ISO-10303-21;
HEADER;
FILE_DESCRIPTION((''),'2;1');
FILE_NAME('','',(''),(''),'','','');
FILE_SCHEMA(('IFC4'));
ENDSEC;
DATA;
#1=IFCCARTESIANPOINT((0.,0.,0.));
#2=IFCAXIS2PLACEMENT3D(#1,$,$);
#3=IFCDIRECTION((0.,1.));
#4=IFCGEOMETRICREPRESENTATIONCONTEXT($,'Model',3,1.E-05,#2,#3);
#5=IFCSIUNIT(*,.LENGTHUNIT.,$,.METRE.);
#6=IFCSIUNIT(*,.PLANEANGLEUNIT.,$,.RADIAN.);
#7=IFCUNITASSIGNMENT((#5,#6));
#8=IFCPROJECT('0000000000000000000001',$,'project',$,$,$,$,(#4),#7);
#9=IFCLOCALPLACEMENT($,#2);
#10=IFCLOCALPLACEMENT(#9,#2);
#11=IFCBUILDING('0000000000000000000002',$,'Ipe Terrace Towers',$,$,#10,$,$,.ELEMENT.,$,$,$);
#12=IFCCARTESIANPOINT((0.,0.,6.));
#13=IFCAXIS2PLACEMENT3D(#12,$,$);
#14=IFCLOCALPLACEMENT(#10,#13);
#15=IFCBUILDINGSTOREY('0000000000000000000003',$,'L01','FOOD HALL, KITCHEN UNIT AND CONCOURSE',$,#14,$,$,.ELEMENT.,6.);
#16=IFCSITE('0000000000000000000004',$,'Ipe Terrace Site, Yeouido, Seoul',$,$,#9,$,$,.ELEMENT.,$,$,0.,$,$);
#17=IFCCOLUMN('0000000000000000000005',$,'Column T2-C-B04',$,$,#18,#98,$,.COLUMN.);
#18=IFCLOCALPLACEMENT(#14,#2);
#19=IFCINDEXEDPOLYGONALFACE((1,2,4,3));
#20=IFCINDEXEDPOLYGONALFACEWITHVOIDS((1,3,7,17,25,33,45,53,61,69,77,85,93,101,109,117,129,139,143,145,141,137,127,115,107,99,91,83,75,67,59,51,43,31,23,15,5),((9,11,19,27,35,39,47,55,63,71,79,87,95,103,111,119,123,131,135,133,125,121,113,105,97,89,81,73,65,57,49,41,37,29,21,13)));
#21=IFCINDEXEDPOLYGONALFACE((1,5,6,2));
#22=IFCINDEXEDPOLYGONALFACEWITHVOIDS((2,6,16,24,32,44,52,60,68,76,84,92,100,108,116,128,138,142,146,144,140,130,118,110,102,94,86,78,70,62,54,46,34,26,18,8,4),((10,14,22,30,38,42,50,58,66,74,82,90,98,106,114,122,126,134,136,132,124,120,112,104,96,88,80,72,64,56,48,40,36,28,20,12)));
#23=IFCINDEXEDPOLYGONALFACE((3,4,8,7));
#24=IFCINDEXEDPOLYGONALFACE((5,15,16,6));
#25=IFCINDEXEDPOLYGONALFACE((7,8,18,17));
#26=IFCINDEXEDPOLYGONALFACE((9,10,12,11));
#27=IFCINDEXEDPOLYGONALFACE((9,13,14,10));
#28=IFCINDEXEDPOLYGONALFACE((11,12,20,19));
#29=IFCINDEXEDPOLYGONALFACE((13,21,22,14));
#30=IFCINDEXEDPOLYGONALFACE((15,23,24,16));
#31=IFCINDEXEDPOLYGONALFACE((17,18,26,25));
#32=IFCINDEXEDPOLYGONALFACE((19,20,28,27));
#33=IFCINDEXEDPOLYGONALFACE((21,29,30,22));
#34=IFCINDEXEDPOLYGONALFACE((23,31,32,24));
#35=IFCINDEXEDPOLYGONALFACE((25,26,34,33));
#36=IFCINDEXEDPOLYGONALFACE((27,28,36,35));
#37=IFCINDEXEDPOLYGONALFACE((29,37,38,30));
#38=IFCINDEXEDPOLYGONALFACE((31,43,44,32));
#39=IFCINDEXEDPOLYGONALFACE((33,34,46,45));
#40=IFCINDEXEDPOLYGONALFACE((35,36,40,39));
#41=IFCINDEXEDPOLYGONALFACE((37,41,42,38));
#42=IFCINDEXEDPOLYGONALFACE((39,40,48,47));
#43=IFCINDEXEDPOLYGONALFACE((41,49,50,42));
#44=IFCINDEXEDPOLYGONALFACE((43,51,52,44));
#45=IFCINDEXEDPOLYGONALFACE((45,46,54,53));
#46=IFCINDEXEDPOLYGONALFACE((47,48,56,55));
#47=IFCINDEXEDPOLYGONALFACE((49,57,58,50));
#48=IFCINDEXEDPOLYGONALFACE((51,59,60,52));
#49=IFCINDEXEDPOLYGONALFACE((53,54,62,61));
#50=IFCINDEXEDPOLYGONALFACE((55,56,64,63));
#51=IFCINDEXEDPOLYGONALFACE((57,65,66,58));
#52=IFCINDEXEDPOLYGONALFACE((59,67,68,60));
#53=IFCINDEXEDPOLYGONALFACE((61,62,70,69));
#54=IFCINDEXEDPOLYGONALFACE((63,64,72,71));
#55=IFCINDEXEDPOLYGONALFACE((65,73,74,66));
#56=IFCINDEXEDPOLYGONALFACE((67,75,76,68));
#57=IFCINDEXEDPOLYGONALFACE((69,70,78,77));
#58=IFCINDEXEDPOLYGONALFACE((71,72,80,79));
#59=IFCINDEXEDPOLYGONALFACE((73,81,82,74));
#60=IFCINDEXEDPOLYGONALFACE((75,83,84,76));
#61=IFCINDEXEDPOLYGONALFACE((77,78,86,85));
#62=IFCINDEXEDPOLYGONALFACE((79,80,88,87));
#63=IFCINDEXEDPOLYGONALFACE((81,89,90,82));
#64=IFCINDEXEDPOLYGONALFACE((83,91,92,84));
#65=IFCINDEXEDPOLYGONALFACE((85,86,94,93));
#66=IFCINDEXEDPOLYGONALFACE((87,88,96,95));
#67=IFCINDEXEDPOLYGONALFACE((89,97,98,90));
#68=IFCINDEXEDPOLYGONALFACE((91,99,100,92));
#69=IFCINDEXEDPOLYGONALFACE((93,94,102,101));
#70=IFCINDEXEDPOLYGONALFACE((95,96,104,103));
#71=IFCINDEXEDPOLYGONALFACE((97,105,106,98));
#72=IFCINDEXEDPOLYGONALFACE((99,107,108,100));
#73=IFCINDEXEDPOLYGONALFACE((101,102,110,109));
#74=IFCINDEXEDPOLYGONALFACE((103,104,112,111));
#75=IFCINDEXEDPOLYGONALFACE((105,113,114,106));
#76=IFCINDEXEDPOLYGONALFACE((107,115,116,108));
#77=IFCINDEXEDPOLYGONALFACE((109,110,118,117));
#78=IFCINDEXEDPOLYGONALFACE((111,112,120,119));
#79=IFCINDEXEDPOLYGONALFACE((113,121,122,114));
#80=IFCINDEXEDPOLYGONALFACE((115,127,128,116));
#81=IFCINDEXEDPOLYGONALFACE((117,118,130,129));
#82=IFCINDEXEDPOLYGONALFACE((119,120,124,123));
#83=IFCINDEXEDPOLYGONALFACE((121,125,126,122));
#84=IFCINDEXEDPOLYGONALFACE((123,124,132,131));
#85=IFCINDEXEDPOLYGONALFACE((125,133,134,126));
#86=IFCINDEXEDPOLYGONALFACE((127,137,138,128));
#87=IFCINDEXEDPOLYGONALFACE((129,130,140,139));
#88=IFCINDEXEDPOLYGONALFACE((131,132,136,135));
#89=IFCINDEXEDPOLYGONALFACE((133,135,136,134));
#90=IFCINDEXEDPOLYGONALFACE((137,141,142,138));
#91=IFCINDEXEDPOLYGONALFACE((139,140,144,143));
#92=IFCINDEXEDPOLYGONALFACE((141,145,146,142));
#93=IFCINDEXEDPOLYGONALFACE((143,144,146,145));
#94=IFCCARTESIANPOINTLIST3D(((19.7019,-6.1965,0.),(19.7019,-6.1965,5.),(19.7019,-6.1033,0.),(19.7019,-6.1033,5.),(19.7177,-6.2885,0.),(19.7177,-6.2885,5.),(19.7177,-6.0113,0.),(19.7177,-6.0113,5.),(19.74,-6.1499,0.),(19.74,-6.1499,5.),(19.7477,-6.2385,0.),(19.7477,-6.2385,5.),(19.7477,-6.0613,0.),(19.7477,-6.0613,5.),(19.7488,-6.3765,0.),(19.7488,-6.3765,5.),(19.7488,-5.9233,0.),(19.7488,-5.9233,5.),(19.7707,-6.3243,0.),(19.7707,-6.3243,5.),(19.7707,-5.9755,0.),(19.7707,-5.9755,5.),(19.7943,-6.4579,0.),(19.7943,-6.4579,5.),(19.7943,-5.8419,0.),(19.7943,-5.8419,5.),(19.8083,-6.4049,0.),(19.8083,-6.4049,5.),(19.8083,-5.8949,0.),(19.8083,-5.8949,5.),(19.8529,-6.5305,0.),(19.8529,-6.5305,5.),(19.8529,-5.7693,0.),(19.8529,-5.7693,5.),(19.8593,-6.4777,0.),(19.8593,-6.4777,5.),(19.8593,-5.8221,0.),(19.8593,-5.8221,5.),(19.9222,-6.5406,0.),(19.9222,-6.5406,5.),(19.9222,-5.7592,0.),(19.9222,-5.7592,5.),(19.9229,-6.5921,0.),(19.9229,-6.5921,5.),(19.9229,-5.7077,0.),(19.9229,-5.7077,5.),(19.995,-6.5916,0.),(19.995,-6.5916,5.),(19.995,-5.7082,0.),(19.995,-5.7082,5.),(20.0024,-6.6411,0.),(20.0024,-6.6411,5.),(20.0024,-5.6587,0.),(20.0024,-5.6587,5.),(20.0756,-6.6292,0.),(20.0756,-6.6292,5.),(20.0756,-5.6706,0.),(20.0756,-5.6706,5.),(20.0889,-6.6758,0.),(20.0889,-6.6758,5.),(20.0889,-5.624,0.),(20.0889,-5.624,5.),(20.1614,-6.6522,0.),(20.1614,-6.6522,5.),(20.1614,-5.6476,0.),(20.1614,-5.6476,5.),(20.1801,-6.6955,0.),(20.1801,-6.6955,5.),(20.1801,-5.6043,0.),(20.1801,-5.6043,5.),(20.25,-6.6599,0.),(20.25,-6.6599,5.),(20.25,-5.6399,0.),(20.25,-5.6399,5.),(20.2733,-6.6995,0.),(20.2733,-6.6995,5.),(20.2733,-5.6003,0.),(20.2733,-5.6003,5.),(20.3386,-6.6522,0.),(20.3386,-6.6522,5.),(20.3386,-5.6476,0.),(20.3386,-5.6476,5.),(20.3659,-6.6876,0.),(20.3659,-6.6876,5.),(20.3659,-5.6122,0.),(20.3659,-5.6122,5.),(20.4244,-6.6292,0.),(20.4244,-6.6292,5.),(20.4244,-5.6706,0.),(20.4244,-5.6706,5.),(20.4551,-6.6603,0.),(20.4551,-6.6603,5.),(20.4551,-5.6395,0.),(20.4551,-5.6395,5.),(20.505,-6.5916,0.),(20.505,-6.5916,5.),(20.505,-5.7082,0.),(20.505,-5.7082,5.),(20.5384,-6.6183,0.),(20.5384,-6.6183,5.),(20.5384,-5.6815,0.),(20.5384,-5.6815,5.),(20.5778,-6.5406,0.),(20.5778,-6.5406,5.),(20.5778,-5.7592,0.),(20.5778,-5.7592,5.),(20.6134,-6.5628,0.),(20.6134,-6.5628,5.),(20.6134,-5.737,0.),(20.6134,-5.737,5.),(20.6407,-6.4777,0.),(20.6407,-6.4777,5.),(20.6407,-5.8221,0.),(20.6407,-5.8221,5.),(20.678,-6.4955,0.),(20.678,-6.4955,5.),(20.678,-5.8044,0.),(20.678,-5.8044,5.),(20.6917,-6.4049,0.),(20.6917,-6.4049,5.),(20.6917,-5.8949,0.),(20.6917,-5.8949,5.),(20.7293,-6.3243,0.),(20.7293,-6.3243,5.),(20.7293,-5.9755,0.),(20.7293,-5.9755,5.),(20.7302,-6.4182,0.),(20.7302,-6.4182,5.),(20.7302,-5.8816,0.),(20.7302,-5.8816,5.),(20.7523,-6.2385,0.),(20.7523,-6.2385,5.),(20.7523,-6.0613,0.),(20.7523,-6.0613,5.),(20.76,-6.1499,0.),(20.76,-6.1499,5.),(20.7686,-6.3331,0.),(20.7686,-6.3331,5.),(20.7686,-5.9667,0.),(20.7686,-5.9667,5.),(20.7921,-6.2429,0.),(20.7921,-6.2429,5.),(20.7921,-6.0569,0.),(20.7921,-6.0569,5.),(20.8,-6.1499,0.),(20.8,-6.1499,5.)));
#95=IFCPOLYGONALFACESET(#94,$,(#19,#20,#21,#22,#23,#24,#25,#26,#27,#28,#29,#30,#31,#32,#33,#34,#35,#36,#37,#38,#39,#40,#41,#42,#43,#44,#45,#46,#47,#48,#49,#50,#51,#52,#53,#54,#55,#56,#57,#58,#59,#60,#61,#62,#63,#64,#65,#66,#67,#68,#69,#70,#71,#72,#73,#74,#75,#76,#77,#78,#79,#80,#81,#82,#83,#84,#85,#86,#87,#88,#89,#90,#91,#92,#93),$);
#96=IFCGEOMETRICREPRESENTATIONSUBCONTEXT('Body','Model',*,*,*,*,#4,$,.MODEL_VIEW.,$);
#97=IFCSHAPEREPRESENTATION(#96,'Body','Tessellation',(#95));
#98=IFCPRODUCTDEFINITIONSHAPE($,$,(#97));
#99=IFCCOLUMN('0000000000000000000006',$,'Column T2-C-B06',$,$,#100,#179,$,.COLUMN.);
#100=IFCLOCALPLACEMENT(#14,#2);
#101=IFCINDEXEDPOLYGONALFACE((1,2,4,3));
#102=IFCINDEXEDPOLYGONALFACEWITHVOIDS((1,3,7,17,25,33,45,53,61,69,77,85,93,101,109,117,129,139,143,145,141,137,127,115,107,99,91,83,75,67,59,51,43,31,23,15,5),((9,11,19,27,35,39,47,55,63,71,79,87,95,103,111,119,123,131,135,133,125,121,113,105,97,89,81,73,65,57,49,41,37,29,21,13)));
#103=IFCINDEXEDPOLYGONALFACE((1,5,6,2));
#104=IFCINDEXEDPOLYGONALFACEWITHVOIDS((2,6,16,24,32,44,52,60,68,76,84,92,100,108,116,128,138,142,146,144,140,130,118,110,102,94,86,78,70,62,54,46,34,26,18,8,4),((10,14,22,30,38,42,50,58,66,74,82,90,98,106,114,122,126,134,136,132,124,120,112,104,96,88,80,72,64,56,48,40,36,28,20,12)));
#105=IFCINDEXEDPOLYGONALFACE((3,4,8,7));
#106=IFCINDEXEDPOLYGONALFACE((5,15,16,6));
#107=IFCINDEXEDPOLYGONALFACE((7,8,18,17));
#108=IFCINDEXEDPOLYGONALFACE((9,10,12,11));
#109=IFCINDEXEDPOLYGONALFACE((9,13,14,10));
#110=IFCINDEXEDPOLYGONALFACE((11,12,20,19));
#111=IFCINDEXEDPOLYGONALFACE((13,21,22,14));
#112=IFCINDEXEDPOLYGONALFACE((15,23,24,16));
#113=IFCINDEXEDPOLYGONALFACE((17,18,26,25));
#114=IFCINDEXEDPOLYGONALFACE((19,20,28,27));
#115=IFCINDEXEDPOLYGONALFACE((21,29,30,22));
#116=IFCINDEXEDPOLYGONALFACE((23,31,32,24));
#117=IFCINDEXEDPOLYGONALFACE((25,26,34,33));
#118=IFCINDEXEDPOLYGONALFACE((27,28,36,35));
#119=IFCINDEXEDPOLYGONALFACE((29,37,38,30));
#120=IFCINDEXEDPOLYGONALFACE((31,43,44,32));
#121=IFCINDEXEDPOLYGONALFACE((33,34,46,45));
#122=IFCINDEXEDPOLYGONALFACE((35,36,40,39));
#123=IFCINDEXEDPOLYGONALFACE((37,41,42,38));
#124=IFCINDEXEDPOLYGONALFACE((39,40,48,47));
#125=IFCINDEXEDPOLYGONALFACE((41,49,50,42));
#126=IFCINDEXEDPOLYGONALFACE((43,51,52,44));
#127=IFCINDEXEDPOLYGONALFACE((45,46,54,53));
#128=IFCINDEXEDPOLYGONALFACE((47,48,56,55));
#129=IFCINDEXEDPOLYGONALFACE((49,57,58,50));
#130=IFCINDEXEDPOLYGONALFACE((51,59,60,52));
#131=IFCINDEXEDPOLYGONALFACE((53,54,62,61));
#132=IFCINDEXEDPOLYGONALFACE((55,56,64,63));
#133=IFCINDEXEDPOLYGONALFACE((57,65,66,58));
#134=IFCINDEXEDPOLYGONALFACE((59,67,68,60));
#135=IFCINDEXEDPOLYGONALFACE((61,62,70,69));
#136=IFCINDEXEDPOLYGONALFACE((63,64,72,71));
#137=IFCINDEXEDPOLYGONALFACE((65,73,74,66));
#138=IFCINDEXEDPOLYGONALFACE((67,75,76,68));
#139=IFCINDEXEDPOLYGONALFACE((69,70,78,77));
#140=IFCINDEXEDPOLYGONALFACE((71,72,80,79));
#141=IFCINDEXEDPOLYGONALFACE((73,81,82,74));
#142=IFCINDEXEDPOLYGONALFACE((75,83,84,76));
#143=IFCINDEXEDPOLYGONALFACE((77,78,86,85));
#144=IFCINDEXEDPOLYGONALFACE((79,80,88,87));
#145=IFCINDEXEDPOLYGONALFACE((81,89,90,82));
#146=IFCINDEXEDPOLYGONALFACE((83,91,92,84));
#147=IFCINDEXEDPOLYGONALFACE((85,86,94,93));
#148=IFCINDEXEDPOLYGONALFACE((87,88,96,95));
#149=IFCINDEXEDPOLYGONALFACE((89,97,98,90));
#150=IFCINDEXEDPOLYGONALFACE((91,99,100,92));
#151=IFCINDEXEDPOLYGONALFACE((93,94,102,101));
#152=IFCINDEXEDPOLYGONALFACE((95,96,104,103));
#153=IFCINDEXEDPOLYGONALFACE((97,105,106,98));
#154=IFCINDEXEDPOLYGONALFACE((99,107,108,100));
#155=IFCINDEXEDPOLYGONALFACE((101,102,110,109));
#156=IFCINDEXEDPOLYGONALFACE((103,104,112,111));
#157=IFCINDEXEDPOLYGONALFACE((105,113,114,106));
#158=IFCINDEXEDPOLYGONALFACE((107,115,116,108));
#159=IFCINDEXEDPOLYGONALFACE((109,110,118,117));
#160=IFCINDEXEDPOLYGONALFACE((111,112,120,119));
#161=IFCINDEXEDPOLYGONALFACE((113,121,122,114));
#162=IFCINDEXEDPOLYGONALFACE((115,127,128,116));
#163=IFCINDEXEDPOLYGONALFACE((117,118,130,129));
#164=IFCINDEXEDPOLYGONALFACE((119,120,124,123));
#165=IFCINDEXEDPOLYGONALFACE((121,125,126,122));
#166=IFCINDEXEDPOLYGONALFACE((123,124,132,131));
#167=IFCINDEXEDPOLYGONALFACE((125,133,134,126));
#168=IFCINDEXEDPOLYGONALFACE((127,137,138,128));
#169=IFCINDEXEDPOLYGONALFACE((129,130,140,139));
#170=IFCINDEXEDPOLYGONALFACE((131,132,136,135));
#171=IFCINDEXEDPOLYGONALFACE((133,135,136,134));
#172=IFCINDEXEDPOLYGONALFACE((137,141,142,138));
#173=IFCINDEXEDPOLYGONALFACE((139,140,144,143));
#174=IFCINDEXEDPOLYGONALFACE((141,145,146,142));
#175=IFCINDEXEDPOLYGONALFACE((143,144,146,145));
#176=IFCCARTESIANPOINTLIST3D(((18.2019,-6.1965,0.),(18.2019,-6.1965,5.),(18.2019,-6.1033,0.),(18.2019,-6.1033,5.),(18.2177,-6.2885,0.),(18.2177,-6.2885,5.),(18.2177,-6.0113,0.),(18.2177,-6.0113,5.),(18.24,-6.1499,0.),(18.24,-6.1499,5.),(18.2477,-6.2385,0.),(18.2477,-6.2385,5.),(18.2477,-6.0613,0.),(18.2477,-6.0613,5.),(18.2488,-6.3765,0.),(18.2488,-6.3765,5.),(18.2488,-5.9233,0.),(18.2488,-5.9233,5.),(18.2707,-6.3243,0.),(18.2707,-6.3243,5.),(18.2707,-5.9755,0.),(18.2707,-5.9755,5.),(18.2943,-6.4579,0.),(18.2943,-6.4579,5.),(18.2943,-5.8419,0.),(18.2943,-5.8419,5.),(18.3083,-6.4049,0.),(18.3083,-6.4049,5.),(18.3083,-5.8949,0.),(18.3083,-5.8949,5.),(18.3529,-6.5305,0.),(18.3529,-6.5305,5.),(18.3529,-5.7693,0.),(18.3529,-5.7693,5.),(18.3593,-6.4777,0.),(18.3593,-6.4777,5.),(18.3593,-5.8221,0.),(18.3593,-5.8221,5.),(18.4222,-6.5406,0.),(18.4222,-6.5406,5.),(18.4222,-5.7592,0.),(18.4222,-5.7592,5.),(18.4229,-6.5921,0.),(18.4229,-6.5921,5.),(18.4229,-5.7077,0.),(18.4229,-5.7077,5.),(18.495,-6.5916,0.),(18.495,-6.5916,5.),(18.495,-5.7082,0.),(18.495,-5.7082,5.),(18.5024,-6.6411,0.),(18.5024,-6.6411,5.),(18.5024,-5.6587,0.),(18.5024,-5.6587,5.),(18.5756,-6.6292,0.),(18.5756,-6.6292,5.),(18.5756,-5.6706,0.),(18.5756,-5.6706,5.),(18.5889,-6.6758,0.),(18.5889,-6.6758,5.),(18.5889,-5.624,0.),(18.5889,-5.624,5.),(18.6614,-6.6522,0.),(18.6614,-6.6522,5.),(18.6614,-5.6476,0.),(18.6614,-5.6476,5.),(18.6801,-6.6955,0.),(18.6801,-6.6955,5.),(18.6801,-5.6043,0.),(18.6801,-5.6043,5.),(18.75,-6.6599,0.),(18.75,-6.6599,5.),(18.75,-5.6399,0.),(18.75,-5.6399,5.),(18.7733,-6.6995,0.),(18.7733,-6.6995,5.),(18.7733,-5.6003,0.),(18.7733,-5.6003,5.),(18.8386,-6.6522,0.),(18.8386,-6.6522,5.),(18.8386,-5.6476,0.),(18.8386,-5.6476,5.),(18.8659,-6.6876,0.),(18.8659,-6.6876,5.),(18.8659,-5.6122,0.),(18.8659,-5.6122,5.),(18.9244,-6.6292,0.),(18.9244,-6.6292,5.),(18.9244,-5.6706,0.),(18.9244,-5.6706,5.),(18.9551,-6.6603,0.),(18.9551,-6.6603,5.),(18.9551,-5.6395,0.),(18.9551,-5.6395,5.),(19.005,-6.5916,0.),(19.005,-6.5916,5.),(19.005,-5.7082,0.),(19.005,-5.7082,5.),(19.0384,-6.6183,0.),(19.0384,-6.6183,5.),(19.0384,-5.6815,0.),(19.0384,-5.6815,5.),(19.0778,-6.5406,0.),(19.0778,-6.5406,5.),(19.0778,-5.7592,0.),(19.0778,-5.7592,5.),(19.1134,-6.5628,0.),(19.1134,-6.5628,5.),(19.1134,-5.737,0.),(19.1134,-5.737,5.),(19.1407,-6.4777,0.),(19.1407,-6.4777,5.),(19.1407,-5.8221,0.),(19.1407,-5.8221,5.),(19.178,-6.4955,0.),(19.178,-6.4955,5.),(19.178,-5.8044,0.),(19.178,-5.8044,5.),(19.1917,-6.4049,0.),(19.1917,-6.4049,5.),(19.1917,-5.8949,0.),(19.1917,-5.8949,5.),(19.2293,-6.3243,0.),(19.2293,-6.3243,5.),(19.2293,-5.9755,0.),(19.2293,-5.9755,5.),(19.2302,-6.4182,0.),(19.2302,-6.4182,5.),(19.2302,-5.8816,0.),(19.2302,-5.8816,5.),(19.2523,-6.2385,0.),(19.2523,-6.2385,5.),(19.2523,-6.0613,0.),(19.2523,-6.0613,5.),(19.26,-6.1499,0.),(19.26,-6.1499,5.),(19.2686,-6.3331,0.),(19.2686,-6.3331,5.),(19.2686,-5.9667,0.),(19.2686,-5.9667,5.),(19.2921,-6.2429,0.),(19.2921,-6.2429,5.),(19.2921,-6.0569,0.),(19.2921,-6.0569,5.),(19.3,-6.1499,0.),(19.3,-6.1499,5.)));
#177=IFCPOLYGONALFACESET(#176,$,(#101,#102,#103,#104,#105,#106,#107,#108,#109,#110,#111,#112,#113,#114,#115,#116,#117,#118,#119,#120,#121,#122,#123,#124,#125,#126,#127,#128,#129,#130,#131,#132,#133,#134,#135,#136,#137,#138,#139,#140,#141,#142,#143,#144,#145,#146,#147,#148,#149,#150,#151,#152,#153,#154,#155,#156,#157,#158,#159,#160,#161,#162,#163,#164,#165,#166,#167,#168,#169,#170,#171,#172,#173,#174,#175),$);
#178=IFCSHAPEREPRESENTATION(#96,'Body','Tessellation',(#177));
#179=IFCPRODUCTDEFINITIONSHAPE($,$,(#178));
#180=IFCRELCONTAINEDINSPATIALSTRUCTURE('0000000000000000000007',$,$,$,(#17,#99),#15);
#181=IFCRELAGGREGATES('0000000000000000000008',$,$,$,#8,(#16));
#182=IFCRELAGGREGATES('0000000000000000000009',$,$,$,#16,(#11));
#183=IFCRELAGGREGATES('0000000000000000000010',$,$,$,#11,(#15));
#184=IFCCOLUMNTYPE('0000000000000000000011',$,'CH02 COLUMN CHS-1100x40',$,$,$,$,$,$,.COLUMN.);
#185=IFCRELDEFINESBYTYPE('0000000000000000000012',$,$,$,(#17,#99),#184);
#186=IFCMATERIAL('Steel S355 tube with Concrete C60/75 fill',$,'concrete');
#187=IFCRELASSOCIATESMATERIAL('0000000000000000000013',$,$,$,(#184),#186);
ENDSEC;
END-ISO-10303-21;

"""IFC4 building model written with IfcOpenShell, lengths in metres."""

from ifc_helpers import new_model, si_unit, direction, frame, origin, origin_2d, place, context, subcontext, project, spatial, hollow_circle, extrude, material, material_profile, profile_set, type_object, element, save


model = new_model("IFC4")

# Units and contexts
model_context = context("Model", 3, precision=1e-05, world=origin(), true_north=direction((0.0, 1.0)))
body_context = subcontext(model_context, "Body", "Model", "MODEL_VIEW")
ifc_project = project(units=[si_unit("LENGTHUNIT", "METRE"), si_unit("PLANEANGLEUNIT", "RADIAN")], contexts=[model_context])

# Site, building, storey
site_placement = place(None, origin())
site = spatial("IfcSite", under=ifc_project, at=site_placement, Name="Ipe Terrace Site, Yeouido, Seoul", CompositionType="ELEMENT", RefElevation=0.0)
building_placement = place(site_placement, origin())
building = spatial("IfcBuilding", under=site, at=building_placement, Name="Ipe Terrace Towers", CompositionType="ELEMENT")
storey_placement = place(building_placement, frame((0.0, 0.0, 6.0)))
storey = spatial("IfcBuildingStorey", under=building, at=storey_placement, Name="L01", Description="FOOD HALL, KITCHEN UNIT AND CONCOURSE", CompositionType="ELEMENT", Elevation=6.0)

# Columns
ifc_material_1 = material(Name="Steel S355 tube with Concrete C60/75 fill", Category="concrete")
ifc_material_profile_1 = material_profile(ifc_material_1, hollow_circle(Radius=0.55, WallThickness=0.04, at=origin_2d()), Name="CHS-1100x40")
ifc_profile_set_1 = profile_set([ifc_material_profile_1], Name="Steel S355 tube with Concrete C60/75 fill")
column_type_1 = type_object("IfcColumnType", Name="CH02 COLUMN CHS-1100x40", PredefinedType="COLUMN", material=ifc_profile_set_1)
for number, where, z_axis, x_axis, name in (
    (1, (20.25, -6.1499, 0.0), (0.0, 0.0, 1.0), (1.0, 0.0, 0.0), "Column T2-C-B04"),
    (2, (18.75, -6.1499, 0.0), (0.0, 0.0, 1.0), (1.0, 0.0, 0.0), "Column T2-C-B06"),
):
    element("IfcColumn", number, at=place(storey_placement, frame(where, z_axis=z_axis, x_axis=x_axis)), inside=storey, type_object=column_type_1, Name=name, PredefinedType="COLUMN", context=body_context, shape_type="SweptSolid", body=[
        extrude(hollow_circle(Radius=0.55, WallThickness=0.04, at=origin_2d()), origin(), (0.0, 0.0, 1.0), 5.0),
    ])

save(model, "model.ifc")
